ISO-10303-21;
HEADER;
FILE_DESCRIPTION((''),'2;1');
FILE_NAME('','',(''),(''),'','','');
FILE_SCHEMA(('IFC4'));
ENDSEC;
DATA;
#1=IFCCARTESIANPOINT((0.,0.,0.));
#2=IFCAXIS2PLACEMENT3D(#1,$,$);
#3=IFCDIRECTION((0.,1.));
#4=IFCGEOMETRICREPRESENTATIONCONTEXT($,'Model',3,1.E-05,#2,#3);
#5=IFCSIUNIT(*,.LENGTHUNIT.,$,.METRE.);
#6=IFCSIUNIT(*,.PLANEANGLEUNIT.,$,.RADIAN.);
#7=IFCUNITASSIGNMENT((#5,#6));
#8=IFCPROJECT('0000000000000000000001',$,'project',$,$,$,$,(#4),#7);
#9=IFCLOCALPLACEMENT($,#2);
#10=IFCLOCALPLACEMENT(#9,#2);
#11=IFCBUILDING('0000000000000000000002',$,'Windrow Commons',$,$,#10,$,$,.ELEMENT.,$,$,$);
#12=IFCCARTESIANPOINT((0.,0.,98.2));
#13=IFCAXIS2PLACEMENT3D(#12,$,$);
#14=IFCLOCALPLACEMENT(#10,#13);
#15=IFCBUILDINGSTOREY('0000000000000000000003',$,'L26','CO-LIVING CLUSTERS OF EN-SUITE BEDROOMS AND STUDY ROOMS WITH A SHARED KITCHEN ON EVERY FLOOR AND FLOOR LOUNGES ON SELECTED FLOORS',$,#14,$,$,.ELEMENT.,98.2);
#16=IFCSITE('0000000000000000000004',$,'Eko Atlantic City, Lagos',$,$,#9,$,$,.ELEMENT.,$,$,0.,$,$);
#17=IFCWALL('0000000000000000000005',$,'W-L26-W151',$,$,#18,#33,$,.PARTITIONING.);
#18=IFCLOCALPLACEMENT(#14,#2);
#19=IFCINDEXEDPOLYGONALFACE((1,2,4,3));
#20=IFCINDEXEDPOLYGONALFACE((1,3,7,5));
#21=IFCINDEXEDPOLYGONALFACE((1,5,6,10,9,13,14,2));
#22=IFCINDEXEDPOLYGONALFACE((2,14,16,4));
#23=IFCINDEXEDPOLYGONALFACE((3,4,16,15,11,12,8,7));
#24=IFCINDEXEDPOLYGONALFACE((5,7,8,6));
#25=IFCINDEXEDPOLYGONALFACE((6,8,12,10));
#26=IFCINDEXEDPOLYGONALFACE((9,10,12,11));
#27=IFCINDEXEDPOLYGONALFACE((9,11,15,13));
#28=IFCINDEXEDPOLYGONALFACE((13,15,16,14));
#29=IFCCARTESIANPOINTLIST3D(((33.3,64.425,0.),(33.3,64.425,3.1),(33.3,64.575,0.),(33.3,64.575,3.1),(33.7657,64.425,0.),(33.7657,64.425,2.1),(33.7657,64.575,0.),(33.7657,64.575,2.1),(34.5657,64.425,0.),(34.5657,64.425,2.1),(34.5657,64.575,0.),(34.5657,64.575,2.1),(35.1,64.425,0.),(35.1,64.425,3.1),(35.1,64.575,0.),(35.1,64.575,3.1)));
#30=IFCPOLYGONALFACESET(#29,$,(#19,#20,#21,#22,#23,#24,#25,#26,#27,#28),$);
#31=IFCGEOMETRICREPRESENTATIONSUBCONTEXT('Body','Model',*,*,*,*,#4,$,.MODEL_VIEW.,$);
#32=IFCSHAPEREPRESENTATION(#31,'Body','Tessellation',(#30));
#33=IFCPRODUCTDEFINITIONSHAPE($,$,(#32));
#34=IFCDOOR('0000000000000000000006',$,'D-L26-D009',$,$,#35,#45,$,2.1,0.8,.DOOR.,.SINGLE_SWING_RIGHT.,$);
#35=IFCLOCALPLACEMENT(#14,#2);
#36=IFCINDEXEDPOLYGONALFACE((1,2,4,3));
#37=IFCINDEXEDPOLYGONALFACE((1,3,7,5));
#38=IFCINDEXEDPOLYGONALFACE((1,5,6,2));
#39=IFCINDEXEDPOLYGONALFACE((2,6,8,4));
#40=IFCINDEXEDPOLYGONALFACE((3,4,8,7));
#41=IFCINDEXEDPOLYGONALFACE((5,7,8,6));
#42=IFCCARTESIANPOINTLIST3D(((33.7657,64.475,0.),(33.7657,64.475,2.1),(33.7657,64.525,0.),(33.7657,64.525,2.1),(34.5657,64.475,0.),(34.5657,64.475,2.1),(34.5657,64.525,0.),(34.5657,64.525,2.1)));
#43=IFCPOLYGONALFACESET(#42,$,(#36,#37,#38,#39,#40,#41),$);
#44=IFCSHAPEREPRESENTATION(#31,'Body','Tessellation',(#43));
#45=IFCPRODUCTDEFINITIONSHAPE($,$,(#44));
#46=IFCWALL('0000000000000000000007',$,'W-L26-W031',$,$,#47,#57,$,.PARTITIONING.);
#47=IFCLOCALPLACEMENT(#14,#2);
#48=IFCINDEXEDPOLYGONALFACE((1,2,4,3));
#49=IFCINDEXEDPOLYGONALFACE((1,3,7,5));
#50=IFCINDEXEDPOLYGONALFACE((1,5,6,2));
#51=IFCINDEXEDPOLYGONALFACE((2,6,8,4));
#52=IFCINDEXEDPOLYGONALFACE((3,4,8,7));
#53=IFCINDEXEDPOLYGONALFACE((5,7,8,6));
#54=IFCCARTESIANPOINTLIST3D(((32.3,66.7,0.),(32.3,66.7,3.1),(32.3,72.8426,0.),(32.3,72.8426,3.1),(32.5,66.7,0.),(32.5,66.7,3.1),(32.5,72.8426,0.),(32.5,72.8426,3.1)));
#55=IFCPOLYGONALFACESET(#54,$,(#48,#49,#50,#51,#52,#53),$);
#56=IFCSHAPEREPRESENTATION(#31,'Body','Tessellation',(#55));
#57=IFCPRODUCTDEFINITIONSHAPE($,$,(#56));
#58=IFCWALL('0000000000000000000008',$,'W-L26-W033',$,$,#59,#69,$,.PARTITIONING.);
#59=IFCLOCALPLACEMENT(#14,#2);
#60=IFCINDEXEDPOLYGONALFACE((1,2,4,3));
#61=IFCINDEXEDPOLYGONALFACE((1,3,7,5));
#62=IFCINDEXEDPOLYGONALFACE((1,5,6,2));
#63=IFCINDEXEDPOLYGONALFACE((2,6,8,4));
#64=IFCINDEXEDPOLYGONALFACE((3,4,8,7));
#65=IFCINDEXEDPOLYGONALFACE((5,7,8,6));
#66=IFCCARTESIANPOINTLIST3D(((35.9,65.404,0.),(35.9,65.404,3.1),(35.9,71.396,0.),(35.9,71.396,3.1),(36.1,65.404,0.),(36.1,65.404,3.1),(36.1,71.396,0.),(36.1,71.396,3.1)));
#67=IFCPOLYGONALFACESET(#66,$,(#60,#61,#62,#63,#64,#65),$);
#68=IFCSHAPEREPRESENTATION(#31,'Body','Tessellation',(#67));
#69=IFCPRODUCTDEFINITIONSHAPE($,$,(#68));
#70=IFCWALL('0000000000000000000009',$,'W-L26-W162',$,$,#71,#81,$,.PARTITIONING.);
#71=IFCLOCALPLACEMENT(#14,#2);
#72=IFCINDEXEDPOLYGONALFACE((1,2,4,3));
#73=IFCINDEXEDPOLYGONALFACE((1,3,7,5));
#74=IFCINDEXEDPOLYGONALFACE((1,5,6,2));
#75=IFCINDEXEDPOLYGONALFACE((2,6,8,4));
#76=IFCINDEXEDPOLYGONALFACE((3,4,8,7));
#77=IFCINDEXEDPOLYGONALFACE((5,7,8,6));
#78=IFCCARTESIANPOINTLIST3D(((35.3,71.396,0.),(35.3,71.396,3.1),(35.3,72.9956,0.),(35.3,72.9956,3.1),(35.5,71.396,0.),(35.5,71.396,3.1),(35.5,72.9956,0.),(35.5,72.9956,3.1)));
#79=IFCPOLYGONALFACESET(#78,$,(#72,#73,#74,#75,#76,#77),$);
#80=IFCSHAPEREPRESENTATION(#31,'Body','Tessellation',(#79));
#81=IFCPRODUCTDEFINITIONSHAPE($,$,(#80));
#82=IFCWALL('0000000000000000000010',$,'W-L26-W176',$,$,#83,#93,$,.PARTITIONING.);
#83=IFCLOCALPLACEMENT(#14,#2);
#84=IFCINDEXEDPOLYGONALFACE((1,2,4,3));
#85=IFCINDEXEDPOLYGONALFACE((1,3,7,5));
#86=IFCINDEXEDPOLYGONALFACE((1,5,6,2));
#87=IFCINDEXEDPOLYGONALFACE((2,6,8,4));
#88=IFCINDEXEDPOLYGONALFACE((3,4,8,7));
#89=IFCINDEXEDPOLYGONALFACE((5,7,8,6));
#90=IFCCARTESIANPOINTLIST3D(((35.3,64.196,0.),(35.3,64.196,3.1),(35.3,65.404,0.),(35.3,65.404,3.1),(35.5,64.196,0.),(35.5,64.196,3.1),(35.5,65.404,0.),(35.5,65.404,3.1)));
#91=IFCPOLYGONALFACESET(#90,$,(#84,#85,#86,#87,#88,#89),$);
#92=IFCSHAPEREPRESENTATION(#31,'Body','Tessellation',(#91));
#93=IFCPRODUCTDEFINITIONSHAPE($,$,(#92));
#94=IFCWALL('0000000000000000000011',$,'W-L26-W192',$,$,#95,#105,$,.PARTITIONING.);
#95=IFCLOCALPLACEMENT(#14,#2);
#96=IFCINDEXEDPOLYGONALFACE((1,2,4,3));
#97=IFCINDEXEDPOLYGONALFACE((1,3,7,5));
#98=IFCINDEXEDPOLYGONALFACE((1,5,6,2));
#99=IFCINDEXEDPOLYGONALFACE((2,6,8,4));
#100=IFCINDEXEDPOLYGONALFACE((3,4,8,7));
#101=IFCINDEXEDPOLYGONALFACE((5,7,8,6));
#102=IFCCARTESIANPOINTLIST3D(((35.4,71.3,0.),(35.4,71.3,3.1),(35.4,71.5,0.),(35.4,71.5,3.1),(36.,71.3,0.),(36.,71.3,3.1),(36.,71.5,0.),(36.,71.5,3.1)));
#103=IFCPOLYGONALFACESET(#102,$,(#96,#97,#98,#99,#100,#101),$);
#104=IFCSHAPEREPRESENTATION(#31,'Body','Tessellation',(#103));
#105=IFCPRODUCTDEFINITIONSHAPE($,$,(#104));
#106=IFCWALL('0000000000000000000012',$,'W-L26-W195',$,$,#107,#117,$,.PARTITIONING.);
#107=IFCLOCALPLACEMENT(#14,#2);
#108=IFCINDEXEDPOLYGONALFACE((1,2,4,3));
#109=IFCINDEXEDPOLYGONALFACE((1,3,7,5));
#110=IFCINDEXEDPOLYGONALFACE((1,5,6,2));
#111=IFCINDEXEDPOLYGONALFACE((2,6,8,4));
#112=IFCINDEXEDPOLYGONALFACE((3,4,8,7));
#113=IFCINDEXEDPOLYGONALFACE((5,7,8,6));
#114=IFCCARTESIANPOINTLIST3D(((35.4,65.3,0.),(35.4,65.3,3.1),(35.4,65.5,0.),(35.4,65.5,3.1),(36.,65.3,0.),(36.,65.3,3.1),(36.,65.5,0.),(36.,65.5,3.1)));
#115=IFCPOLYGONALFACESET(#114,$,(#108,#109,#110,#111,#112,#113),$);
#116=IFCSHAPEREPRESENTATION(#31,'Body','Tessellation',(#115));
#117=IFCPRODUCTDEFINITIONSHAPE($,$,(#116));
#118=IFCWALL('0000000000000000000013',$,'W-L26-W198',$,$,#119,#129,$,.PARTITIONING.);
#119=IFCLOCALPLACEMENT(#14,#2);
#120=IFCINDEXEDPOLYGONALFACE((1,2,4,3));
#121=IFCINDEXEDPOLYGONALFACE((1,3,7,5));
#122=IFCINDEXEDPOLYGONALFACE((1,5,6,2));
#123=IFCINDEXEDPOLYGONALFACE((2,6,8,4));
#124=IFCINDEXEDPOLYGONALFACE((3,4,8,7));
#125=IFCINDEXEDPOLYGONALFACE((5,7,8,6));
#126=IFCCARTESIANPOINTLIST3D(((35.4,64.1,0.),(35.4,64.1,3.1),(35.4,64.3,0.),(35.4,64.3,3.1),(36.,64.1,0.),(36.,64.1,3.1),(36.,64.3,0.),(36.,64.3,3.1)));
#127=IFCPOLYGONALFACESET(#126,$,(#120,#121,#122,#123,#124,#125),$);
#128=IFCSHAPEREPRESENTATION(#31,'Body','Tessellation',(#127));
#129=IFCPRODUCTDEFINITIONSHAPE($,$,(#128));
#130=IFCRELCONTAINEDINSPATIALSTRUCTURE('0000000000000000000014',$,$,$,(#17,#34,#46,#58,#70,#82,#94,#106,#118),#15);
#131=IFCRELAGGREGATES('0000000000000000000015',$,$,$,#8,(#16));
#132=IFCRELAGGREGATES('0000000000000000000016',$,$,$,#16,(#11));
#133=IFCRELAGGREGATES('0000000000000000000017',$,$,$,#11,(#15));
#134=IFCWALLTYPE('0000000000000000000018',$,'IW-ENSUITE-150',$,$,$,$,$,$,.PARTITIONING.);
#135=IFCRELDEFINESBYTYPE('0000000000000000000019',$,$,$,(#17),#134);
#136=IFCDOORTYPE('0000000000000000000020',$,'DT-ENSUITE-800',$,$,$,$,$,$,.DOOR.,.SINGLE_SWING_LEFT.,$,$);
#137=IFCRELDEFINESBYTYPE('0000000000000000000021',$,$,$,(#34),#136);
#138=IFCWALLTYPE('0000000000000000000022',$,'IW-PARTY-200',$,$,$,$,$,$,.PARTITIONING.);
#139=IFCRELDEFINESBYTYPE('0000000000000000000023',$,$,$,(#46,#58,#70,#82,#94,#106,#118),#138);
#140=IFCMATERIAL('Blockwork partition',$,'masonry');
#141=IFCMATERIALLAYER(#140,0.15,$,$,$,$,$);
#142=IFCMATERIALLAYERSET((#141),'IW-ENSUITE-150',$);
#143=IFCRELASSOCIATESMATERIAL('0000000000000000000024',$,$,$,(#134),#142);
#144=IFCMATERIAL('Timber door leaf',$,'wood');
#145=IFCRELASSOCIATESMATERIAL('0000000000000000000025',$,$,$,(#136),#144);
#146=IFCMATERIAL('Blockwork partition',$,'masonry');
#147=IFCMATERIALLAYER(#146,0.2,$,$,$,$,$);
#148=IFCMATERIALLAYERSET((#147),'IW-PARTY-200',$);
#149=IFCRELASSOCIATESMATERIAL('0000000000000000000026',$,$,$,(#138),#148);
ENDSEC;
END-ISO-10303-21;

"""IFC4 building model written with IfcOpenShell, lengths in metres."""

from ifc_helpers import new_model, si_unit, direction, frame, frame_2d, origin, place, context, subcontext, project, spatial, rectangle, extrude, material, layer, layer_set, type_object, element, fill, save


model = new_model("IFC4")

# Units and contexts
model_context = context("Model", 3, precision=1e-05, world=origin(), true_north=direction((0.0, 1.0)))
body_context = subcontext(model_context, "Body", "Model", "MODEL_VIEW")
ifc_project = project(units=[si_unit("LENGTHUNIT", "METRE"), si_unit("PLANEANGLEUNIT", "RADIAN")], contexts=[model_context])

# Site, building, storey
site_placement = place(None, origin())
site = spatial("IfcSite", under=ifc_project, at=site_placement, Name="Eko Atlantic City, Lagos", CompositionType="ELEMENT", RefElevation=0.0)
building_placement = place(site_placement, origin())
building = spatial("IfcBuilding", under=site, at=building_placement, Name="Windrow Commons", CompositionType="ELEMENT")
storey_placement = place(building_placement, frame((0.0, 0.0, 98.2)))
storey = spatial("IfcBuildingStorey", under=building, at=storey_placement, Name="L26", Description="CO-LIVING CLUSTERS OF EN-SUITE BEDROOMS AND STUDY ROOMS WITH A SHARED KITCHEN ON EVERY FLOOR AND FLOOR LOUNGES ON SELECTED FLOORS", CompositionType="ELEMENT", Elevation=98.2)

# Wall, opening, door
ifc_material_1 = material(Name="Blockwork partition", Category="masonry")
ifc_layer_1 = layer(ifc_material_1, 0.15)
ifc_layer_set_1 = layer_set([ifc_layer_1], Name="IW-ENSUITE-150")
wall_type_1 = type_object("IfcWallType", Name="IW-ENSUITE-150", PredefinedType="PARTITIONING", material=ifc_layer_set_1)
wall_1_placement = place(storey_placement, frame((33.3, 64.5, 0.0), z_axis=(0.0, 0.0, 1.0), x_axis=(1.0, 0.0, 0.0)))
wall_1 = element("IfcWall", 1, at=wall_1_placement, inside=storey, type_object=wall_type_1, Name="W-L26-W151", PredefinedType="PARTITIONING", context=body_context, shape_type="SweptSolid", body=[
    extrude(rectangle(XDim=1.8, YDim=0.15, at=frame_2d((0.9, 0.0))), origin(), (0.0, 0.0, 1.0), 3.1),
])
opening_1_placement = place(wall_1_placement, frame((0.4657, 0.0, 0.0)))
opening_1 = element("IfcOpeningElement", 2, at=opening_1_placement, cuts=wall_1, PredefinedType="OPENING", context=body_context, shape_type="SweptSolid", body=[
    extrude(rectangle(XDim=0.8, YDim=2.1, at=frame_2d((0.4, 1.05))), frame((0.0, 0.085, 0.0), z_axis=(0.0, -1.0, 0.0), x_axis=(1.0, 0.0, 0.0)), (0.0, 0.0, 1.0), 0.17),
])
ifc_material_2 = material(Name="Timber door leaf", Category="wood")
door_type = type_object("IfcDoorType", Name="DT-ENSUITE-800", OperationType="SINGLE_SWING_LEFT", PredefinedType="DOOR", material=ifc_material_2)
door_placement = place(opening_1_placement, origin())
door = element("IfcDoor", 3, at=door_placement, inside=storey, type_object=door_type, Name="D-L26-D009", OperationType="SINGLE_SWING_RIGHT", OverallHeight=2.1, OverallWidth=0.8, PredefinedType="DOOR", context=body_context, shape_type="SweptSolid", body=[
    extrude(rectangle(XDim=0.8, YDim=2.1, at=frame_2d((0.4, 1.05))), frame((0.0, 0.025, 0.0), z_axis=(0.0, -1.0, 0.0), x_axis=(1.0, 0.0, 0.0)), (0.0, 0.0, 1.0), 0.05),
])
fill(opening_1, door)

# Walls
ifc_material_3 = material(Name="Blockwork partition", Category="masonry")
ifc_layer_2 = layer(ifc_material_3, 0.2)
ifc_layer_set_2 = layer_set([ifc_layer_2], Name="IW-PARTY-200")
wall_type_2 = type_object("IfcWallType", Name="IW-PARTY-200", PredefinedType="PARTITIONING", material=ifc_layer_set_2)
wall_2_placement = place(storey_placement, frame((32.4, 66.7, 0.0), z_axis=(0.0, 0.0, 1.0), x_axis=(0.0, 1.0, 0.0)))
element("IfcWall", 4, at=wall_2_placement, inside=storey, type_object=wall_type_2, Name="W-L26-W031", PredefinedType="PARTITIONING", context=body_context, shape_type="SweptSolid", body=[
    extrude(rectangle(XDim=6.1425, YDim=0.2, at=frame_2d((3.0713, 0.0))), origin(), (0.0, 0.0, 1.0), 3.1),
])
wall_3_placement = place(storey_placement, frame((36.0, 65.404, 0.0), z_axis=(0.0, 0.0, 1.0), x_axis=(0.0, 1.0, 0.0)))
element("IfcWall", 5, at=wall_3_placement, inside=storey, type_object=wall_type_2, Name="W-L26-W033", PredefinedType="PARTITIONING", context=body_context, shape_type="SweptSolid", body=[
    extrude(rectangle(XDim=5.992, YDim=0.2, at=frame_2d((2.996, 0.0))), origin(), (0.0, 0.0, 1.0), 3.1),
])
wall_4_placement = place(storey_placement, frame((35.4, 71.396, 0.0), z_axis=(0.0, 0.0, 1.0), x_axis=(0.0, 1.0, 0.0)))
element("IfcWall", 6, at=wall_4_placement, inside=storey, type_object=wall_type_2, Name="W-L26-W162", PredefinedType="PARTITIONING", context=body_context, shape_type="SweptSolid", body=[
    extrude(rectangle(XDim=1.5996, YDim=0.2, at=frame_2d((0.7998, 0.0))), origin(), (0.0, 0.0, 1.0), 3.1),
])
wall_5_placement = place(storey_placement, frame((35.4, 64.196, 0.0), z_axis=(0.0, 0.0, 1.0), x_axis=(0.0, 1.0, 0.0)))
element("IfcWall", 7, at=wall_5_placement, inside=storey, type_object=wall_type_2, Name="W-L26-W176", PredefinedType="PARTITIONING", context=body_context, shape_type="SweptSolid", body=[
    extrude(rectangle(XDim=1.208, YDim=0.2, at=frame_2d((0.604, 0.0))), origin(), (0.0, 0.0, 1.0), 3.1),
])
for number, where, z_axis, x_axis, name in (
    (8, (35.4, 71.4, 0.0), (0.0, 0.0, 1.0), (1.0, 0.0, 0.0), "W-L26-W192"),
    (9, (35.4, 65.4, 0.0), (0.0, 0.0, 1.0), (1.0, 0.0, 0.0), "W-L26-W195"),
    (10, (35.4, 64.2, 0.0), (0.0, 0.0, 1.0), (1.0, 0.0, 0.0), "W-L26-W198"),
):
    element("IfcWall", number, at=place(storey_placement, frame(where, z_axis=z_axis, x_axis=x_axis)), inside=storey, type_object=wall_type_2, Name=name, PredefinedType="PARTITIONING", context=body_context, shape_type="SweptSolid", body=[
        extrude(rectangle(XDim=0.6, YDim=0.2, at=frame_2d((0.3, 0.0))), origin(), (0.0, 0.0, 1.0), 3.1),
    ])

save(model, "model.ifc")
